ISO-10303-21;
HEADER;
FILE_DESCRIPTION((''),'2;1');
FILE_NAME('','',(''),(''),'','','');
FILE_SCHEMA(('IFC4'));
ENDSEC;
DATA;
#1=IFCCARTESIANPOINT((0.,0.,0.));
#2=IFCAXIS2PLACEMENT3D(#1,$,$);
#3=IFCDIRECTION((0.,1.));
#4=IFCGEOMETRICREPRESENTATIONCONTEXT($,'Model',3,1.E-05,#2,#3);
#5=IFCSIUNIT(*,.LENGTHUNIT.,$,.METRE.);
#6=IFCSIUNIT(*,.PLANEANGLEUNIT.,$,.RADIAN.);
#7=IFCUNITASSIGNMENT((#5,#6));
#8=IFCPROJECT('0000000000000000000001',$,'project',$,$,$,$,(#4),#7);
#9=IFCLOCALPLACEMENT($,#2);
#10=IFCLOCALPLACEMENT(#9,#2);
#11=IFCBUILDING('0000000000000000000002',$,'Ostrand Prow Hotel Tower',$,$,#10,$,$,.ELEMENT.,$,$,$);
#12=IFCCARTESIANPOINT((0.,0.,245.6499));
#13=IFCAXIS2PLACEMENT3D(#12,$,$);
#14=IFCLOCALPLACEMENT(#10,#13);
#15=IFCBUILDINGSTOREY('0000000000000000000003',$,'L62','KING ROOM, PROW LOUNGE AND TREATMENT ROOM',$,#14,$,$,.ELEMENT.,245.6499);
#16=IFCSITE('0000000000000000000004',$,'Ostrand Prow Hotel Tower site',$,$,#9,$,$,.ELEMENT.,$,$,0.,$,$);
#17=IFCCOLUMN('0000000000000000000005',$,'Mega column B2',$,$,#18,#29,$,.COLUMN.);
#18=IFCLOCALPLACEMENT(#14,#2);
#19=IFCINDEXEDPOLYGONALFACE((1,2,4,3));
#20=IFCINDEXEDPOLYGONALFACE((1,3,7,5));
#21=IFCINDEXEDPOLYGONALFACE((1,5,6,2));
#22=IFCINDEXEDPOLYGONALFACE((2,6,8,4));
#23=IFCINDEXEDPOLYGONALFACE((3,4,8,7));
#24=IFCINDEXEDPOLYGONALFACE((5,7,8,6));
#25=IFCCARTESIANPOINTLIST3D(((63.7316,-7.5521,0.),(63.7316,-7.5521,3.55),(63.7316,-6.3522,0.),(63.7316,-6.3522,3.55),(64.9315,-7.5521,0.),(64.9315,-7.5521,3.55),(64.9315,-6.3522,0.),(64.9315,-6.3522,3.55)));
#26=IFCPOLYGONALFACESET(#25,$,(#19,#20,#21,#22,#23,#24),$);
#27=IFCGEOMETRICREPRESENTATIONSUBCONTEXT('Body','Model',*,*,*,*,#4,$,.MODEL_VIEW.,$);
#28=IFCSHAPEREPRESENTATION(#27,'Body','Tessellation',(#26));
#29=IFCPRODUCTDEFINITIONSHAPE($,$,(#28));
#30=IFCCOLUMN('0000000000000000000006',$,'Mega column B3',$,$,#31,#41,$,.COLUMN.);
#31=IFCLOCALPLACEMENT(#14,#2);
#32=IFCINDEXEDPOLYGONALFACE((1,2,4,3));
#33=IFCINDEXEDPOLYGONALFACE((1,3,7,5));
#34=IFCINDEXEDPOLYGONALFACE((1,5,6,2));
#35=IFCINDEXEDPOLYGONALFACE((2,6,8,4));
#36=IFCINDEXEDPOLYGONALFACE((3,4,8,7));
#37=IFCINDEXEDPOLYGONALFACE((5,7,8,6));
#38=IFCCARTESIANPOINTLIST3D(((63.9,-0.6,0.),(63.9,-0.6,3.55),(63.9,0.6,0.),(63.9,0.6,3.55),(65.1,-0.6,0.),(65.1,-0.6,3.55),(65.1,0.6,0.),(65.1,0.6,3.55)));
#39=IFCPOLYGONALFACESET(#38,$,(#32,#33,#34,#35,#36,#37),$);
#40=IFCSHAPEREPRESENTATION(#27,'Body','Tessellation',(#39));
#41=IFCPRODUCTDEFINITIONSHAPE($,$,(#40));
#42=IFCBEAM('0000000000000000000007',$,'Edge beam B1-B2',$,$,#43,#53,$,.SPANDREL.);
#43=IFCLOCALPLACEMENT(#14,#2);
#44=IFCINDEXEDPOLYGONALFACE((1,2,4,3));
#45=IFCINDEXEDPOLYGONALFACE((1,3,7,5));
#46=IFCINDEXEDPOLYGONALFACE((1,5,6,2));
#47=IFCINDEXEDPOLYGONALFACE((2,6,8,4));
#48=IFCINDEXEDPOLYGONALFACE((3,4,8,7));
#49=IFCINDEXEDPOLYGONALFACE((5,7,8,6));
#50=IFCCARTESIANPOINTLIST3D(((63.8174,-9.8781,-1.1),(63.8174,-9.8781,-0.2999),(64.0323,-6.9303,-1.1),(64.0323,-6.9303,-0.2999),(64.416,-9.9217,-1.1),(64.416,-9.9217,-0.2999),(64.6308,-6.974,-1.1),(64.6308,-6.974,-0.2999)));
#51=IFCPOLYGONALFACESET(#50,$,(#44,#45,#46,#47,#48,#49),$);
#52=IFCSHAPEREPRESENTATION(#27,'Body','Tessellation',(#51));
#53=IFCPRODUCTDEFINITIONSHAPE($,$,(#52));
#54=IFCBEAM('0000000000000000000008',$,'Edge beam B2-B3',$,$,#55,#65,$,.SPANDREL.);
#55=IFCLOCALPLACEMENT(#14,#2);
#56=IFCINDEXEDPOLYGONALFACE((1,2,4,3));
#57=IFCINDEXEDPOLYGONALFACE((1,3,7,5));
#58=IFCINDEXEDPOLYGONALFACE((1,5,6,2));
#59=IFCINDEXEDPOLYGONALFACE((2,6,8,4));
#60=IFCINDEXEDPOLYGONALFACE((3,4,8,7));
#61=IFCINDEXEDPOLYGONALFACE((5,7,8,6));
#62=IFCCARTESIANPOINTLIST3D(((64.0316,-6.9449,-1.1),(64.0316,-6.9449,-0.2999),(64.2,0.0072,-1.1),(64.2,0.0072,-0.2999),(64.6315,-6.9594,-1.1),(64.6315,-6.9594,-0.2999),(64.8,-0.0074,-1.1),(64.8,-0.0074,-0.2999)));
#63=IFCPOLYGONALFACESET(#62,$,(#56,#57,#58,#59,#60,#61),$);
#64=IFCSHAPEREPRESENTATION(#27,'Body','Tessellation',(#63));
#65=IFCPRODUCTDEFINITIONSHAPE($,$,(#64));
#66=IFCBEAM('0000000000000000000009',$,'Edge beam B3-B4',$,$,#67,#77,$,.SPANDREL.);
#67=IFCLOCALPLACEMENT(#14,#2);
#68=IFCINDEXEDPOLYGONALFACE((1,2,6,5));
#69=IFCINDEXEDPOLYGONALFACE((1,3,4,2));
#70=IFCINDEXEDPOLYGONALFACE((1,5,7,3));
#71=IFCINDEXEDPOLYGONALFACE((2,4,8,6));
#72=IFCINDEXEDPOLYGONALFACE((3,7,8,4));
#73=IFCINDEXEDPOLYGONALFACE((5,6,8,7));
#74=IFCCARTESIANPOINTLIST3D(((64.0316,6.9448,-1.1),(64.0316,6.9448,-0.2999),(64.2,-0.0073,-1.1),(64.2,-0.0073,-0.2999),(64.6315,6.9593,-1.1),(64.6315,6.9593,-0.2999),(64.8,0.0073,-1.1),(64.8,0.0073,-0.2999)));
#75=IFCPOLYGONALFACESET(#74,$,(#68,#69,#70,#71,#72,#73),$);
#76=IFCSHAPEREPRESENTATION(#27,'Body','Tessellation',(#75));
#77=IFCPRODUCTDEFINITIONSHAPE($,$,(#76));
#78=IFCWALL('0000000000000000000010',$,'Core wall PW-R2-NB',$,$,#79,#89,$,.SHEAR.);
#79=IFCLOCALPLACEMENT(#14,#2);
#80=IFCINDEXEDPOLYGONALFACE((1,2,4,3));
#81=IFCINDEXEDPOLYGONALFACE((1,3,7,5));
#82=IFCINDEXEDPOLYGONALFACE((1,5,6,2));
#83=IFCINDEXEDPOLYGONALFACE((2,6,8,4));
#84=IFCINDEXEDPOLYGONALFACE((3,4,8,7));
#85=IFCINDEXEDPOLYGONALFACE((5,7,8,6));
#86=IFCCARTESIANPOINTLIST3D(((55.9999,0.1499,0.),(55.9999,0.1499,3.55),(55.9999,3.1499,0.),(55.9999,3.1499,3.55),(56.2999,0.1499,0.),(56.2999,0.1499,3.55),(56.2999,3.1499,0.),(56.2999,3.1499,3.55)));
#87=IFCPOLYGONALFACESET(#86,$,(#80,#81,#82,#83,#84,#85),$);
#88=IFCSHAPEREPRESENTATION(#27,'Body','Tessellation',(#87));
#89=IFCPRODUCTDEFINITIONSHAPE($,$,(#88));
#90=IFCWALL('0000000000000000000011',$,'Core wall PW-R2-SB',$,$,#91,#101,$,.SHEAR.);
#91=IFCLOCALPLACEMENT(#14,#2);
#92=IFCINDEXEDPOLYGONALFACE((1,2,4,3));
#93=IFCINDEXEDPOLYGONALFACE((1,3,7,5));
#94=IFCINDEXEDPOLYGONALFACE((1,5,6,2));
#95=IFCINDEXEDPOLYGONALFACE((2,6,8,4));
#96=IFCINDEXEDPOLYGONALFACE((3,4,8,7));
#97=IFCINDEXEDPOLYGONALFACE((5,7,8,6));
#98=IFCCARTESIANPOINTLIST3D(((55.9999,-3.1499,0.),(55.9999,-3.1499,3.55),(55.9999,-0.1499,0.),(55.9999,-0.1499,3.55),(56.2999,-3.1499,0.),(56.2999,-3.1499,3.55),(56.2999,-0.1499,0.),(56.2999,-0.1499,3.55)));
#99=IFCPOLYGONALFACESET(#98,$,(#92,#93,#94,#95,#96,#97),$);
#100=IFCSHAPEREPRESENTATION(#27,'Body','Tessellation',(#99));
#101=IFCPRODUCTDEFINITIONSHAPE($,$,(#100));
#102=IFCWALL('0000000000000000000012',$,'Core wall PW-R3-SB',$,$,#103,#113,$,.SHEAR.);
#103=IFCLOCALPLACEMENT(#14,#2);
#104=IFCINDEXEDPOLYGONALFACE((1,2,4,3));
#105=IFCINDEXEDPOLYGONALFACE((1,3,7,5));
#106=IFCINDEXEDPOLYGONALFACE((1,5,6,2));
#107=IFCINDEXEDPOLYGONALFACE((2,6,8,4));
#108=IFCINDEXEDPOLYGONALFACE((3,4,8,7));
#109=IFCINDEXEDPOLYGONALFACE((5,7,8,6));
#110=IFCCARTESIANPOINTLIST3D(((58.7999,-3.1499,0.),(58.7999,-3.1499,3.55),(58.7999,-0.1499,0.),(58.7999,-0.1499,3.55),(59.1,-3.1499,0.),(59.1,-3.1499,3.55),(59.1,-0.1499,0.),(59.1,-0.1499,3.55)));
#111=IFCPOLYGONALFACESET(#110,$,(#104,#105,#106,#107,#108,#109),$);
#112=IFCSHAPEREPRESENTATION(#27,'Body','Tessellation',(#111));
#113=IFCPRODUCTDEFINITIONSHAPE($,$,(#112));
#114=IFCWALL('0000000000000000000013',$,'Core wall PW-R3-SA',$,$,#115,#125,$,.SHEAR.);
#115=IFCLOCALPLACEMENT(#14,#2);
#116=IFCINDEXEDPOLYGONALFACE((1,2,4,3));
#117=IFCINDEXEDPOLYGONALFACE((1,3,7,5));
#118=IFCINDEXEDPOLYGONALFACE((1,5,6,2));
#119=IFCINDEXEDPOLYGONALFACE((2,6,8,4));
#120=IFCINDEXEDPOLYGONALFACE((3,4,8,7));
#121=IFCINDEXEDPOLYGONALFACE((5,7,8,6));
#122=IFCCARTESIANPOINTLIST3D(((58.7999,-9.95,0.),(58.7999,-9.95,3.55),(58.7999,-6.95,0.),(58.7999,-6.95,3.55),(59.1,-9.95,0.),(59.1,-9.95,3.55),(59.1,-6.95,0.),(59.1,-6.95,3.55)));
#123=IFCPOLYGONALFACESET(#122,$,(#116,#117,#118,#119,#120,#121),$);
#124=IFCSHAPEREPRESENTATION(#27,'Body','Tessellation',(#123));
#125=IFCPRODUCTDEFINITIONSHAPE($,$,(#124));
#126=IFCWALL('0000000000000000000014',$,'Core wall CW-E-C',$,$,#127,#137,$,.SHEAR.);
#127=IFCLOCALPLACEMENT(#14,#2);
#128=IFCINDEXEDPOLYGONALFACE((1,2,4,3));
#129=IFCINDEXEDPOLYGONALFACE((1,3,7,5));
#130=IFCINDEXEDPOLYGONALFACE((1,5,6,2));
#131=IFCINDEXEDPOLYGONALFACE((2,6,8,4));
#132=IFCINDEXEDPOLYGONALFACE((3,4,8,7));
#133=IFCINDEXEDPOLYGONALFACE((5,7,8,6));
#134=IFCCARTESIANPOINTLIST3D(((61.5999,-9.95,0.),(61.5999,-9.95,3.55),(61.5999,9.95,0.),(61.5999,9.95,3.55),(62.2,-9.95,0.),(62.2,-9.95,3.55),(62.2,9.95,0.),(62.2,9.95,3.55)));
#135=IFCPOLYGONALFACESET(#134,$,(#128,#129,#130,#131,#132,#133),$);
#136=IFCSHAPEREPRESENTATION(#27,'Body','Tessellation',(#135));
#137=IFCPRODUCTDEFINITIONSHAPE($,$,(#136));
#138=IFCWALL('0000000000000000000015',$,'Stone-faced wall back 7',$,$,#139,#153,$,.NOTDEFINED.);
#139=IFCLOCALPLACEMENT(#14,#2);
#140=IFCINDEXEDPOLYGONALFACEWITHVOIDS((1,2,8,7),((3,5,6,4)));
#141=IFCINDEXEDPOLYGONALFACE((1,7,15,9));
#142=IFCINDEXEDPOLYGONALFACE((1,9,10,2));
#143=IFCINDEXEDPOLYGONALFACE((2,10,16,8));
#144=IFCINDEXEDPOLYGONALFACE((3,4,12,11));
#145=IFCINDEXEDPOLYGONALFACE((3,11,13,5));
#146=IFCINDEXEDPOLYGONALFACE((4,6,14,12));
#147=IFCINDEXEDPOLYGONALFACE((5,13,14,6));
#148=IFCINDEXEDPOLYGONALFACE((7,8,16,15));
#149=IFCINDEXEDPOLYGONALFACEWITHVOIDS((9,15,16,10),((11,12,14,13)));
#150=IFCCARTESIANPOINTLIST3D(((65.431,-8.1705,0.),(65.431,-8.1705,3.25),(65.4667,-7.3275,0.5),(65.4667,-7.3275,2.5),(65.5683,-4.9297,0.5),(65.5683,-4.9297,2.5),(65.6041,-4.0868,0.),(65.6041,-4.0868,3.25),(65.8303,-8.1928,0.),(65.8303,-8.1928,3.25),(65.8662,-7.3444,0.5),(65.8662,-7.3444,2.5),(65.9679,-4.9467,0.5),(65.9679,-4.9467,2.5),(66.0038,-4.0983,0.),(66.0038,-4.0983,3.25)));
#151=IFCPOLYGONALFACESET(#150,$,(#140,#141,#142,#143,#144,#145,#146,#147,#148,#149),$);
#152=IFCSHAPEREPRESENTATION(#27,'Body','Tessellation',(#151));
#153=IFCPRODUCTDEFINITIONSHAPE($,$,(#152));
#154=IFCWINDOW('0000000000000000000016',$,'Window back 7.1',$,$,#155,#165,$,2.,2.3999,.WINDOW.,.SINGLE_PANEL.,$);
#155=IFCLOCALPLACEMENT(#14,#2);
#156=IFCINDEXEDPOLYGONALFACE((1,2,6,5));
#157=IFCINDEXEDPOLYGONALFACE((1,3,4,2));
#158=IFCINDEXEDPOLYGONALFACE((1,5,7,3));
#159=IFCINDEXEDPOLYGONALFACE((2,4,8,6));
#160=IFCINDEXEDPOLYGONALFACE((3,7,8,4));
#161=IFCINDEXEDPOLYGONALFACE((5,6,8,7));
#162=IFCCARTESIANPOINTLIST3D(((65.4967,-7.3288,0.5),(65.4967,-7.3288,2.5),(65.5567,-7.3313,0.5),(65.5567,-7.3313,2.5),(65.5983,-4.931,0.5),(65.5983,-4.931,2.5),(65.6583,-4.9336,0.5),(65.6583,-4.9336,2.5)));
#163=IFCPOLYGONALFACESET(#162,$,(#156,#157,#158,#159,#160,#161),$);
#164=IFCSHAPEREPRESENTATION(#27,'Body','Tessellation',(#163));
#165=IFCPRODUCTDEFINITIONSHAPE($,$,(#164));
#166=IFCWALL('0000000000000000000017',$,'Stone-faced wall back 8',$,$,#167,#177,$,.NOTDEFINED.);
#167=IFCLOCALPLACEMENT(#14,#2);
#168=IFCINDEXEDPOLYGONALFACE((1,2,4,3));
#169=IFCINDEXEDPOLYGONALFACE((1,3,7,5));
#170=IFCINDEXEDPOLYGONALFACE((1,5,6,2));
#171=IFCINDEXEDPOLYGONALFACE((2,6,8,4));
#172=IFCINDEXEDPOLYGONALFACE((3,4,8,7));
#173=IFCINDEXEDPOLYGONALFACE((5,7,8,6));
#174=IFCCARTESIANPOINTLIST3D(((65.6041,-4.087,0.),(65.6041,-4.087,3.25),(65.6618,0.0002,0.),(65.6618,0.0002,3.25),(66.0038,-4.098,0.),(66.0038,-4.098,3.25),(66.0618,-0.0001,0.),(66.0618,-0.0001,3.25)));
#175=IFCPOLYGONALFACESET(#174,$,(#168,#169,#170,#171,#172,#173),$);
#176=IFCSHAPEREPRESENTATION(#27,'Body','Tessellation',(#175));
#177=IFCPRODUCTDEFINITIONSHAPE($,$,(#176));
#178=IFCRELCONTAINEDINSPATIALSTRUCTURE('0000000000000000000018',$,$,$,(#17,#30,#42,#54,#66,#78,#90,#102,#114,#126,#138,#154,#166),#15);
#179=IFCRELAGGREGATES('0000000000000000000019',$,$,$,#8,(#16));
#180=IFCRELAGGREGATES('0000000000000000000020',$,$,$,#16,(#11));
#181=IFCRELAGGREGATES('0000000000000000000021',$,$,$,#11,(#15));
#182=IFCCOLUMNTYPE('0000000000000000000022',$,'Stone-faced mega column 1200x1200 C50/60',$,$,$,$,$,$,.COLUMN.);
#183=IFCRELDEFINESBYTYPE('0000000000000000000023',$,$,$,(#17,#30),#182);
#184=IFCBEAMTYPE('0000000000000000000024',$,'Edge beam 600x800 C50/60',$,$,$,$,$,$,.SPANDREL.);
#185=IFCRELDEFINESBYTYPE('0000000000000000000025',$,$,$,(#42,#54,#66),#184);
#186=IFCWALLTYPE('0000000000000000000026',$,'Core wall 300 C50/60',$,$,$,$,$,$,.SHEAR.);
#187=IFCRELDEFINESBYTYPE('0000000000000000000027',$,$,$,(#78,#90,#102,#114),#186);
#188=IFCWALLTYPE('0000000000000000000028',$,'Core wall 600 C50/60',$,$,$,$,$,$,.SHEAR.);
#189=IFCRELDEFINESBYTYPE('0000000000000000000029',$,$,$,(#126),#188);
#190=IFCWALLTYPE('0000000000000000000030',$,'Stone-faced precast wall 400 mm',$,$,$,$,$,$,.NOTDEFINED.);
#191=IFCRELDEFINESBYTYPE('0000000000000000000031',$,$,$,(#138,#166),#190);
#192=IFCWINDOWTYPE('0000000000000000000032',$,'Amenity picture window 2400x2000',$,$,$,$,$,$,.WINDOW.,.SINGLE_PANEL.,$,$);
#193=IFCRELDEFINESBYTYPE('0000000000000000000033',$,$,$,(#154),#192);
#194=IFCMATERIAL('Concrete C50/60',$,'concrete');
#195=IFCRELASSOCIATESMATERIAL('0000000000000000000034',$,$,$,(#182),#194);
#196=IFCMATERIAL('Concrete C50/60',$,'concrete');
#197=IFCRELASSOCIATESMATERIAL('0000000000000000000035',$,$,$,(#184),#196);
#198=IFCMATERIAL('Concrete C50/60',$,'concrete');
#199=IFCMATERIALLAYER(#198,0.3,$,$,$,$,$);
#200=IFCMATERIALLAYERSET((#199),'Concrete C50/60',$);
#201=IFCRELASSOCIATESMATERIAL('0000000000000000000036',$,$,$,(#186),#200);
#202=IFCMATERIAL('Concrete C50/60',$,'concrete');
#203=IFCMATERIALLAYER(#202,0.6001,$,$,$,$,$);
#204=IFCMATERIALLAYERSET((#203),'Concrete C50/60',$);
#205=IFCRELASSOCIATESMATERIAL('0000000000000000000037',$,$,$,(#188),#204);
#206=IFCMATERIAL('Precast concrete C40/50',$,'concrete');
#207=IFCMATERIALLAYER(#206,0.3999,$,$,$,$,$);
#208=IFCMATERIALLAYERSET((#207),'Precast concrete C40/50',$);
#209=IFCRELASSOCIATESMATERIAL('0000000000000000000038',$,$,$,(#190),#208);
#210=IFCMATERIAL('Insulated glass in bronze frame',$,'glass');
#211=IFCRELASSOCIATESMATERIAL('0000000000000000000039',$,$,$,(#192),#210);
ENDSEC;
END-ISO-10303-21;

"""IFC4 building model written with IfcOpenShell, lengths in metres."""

from ifc_helpers import new_model, si_unit, direction, frame, frame_2d, origin, origin_2d, place, context, subcontext, project, spatial, polyline, rectangle, outline, extrude, material, layer, layer_set, material_profile, profile_set, type_object, element, fill, save


model = new_model("IFC4")

# Units and contexts
model_context = context("Model", 3, precision=1e-05, world=origin(), true_north=direction((0.0, 1.0)))
body_context = subcontext(model_context, "Body", "Model", "MODEL_VIEW")
ifc_project = project(units=[si_unit("LENGTHUNIT", "METRE"), si_unit("PLANEANGLEUNIT", "RADIAN")], contexts=[model_context])

# Site, building, storey
site_placement = place(None, origin())
site = spatial("IfcSite", under=ifc_project, at=site_placement, Name="Ostrand Prow Hotel Tower site", CompositionType="ELEMENT", RefElevation=0.0)
building_placement = place(site_placement, origin())
building = spatial("IfcBuilding", under=site, at=building_placement, Name="Ostrand Prow Hotel Tower", CompositionType="ELEMENT")
storey_placement = place(building_placement, frame((0.0, 0.0, 245.6499)))
storey = spatial("IfcBuildingStorey", under=building, at=storey_placement, Name="L62", Description="KING ROOM, PROW LOUNGE AND TREATMENT ROOM", CompositionType="ELEMENT", Elevation=245.6499)

# Columns
ifc_material_1 = material(Name="Concrete C50/60", Category="concrete")
ifc_material_profile_1 = material_profile(ifc_material_1, rectangle(XDim=1.2, YDim=1.2, at=origin_2d()), Name="RC 1200x1200")
ifc_profile_set_1 = profile_set([ifc_material_profile_1], Name="Concrete C50/60")
column_type = type_object("IfcColumnType", Name="Stone-faced mega column 1200x1200 C50/60", PredefinedType="COLUMN", material=ifc_profile_set_1)
for number, where, z_axis, x_axis, name in (
    (1, (64.3315, -6.9521, 0.0), (0.0, 0.0, 1.0), (1.0, 0.0, 0.0), "Mega column B2"),
    (2, (64.5, 0.0, 0.0), (0.0, 0.0, 1.0), (1.0, 0.0, 0.0), "Mega column B3"),
):
    element("IfcColumn", number, at=place(storey_placement, frame(where, z_axis=z_axis, x_axis=x_axis)), inside=storey, type_object=column_type, Name=name, PredefinedType="COLUMN", context=body_context, shape_type="SweptSolid", body=[
        extrude(rectangle(XDim=1.2, YDim=1.2, at=origin_2d()), origin(), (0.0, 0.0, 1.0), 3.55),
    ])

# Beams
ifc_material_2 = material(Name="Concrete C50/60", Category="concrete")
ifc_material_profile_2 = material_profile(ifc_material_2, rectangle(XDim=0.6001, YDim=0.8, at=origin_2d()), Name="RC 600x800")
ifc_profile_set_2 = profile_set([ifc_material_profile_2], Name="Concrete C50/60")
beam_type = type_object("IfcBeamType", Name="Edge beam 600x800 C50/60", PredefinedType="SPANDREL", material=ifc_profile_set_2)
beam_placement = place(storey_placement, frame((64.1167, -9.8999, -0.7), z_axis=(0.072691, 0.997355, 0.0), x_axis=(-0.997355, 0.072691, 0.0)))
element("IfcBeam", 3, at=beam_placement, inside=storey, type_object=beam_type, Name="Edge beam B1-B2", PredefinedType="SPANDREL", context=body_context, shape_type="SweptSolid", body=[
    extrude(rectangle(XDim=0.6001, YDim=0.8, at=origin_2d()), origin(), (0.0, 0.0, 1.0), 2.9556),
])
for number, where, z_axis, x_axis, name in (
    (4, (64.3315, -6.9521, -0.7), (0.024224, 0.999707, 0.0), (-0.999707, 0.024224, 0.0), "Edge beam B2-B3"),
    (5, (64.5, 0.0, -0.7), (-0.024224, 0.999707, 0.0), (-0.999707, -0.024224, 0.0), "Edge beam B3-B4"),
):
    element("IfcBeam", number, at=place(storey_placement, frame(where, z_axis=z_axis, x_axis=x_axis)), inside=storey, type_object=beam_type, Name=name, PredefinedType="SPANDREL", context=body_context, shape_type="SweptSolid", body=[
        extrude(rectangle(XDim=0.6001, YDim=0.8, at=origin_2d()), origin(), (0.0, 0.0, 1.0), 6.9541),
    ])

# Walls
ifc_material_3 = material(Name="Concrete C50/60", Category="concrete")
ifc_layer_1 = layer(ifc_material_3, 0.3)
ifc_layer_set_1 = layer_set([ifc_layer_1], Name="Concrete C50/60")
wall_type_1 = type_object("IfcWallType", Name="Core wall 300 C50/60", PredefinedType="SHEAR", material=ifc_layer_set_1)
for number, where, z_axis, x_axis, name in (
    (6, (56.1499, 0.1499, 0.0), (0.0, 0.0, 1.0), (0.0, 1.0, 0.0), "Core wall PW-R2-NB"),
    (7, (56.1499, -3.1499, 0.0), (0.0, 0.0, 1.0), (0.0, 1.0, 0.0), "Core wall PW-R2-SB"),
    (8, (58.95, -3.1499, 0.0), (0.0, 0.0, 1.0), (0.0, 1.0, 0.0), "Core wall PW-R3-SB"),
    (9, (58.95, -9.95, 0.0), (0.0, 0.0, 1.0), (0.0, 1.0, 0.0), "Core wall PW-R3-SA"),
):
    element("IfcWall", number, at=place(storey_placement, frame(where, z_axis=z_axis, x_axis=x_axis)), inside=storey, type_object=wall_type_1, Name=name, PredefinedType="SHEAR", context=body_context, shape_type="SweptSolid", body=[
        extrude(rectangle(XDim=3.0, YDim=0.3, at=frame_2d((1.5, 0.0))), origin(), (0.0, 0.0, 1.0), 3.55),
    ])
ifc_material_4 = material(Name="Concrete C50/60", Category="concrete")
ifc_layer_2 = layer(ifc_material_4, 0.6001)
ifc_layer_set_2 = layer_set([ifc_layer_2], Name="Concrete C50/60")
wall_type_2 = type_object("IfcWallType", Name="Core wall 600 C50/60", PredefinedType="SHEAR", material=ifc_layer_set_2)
wall_1_placement = place(storey_placement, frame((61.8999, -9.95, 0.0), z_axis=(0.0, 0.0, 1.0), x_axis=(0.0, 1.0, 0.0)))
element("IfcWall", 10, at=wall_1_placement, inside=storey, type_object=wall_type_2, Name="Core wall CW-E-C", PredefinedType="SHEAR", context=body_context, shape_type="SweptSolid", body=[
    extrude(rectangle(XDim=19.8999, YDim=0.6001, at=frame_2d((9.95, 0.0))), origin(), (0.0, 0.0, 1.0), 3.55),
])

# Wall, opening, window
ifc_material_5 = material(Name="Precast concrete C40/50", Category="concrete")
ifc_layer_3 = layer(ifc_material_5, 0.3999)
ifc_layer_set_3 = layer_set([ifc_layer_3], Name="Precast concrete C40/50")
wall_type_3 = type_object("IfcWallType", Name="Stone-faced precast wall 400 mm", PredefinedType="NOTDEFINED", material=ifc_layer_set_3)
wall_2_placement = place(storey_placement, frame((65.6306, -8.1816, 0.0), z_axis=(0.0, 0.0, 1.0), x_axis=(0.042353, 0.999103, 0.0)))
wall_2 = element("IfcWall", 11, at=wall_2_placement, inside=storey, type_object=wall_type_3, Name="Stone-faced wall back 7", PredefinedType="NOTDEFINED", context=body_context, shape_type="SweptSolid", body=[
    extrude(outline(polyline([(-0.0027, -0.2), (4.0955, -0.2), (4.0901, 0.2), (0.0027, 0.2), (-0.0027, -0.2)])), origin(), (0.0, 0.0, 1.0), 3.25),
])
opening_1_placement = place(wall_2_placement, frame((0.8464, 0.0, 0.5)))
opening_1 = element("IfcOpeningElement", 12, at=opening_1_placement, cuts=wall_2, PredefinedType="OPENING", context=body_context, shape_type="SweptSolid", body=[
    extrude(rectangle(XDim=2.3999, YDim=2.0, at=frame_2d((1.2, 1.0))), frame((0.0, 0.21, 0.0), z_axis=(0.0, -1.0, 0.0), x_axis=(1.0, 0.0, 0.0)), (0.0, 0.0, 1.0), 0.4199),
])
ifc_material_6 = material(Name="Insulated glass in bronze frame", Category="glass")
window_type = type_object("IfcWindowType", Name="Amenity picture window 2400x2000", PartitioningType="SINGLE_PANEL", PredefinedType="WINDOW", material=ifc_material_6)
window_1_placement = place(opening_1_placement, origin())
window_1 = element("IfcWindow", 13, at=window_1_placement, inside=storey, type_object=window_type, Name="Window back 7.1", OverallHeight=2.0, OverallWidth=2.3999, PartitioningType="SINGLE_PANEL", PredefinedType="WINDOW", context=body_context, shape_type="SweptSolid", body=[
    extrude(rectangle(XDim=2.3999, YDim=2.0, at=frame_2d((1.2, 1.0))), frame((0.0, 0.1699, 0.0), z_axis=(0.0, -1.0, 0.0), x_axis=(1.0, 0.0, 0.0)), (0.0, 0.0, 1.0), 0.0601),
])
fill(opening_1, window_1)

# Wall
wall_3_placement = place(storey_placement, frame((65.804, -4.0925, 0.0), z_axis=(0.0, 0.0, 1.0), x_axis=(0.014137, 0.9999, 0.0)))
element("IfcWall", 14, at=wall_3_placement, inside=storey, type_object=wall_type_3, Name="Stone-faced wall back 8", PredefinedType="NOTDEFINED", context=body_context, shape_type="SweptSolid", body=[
    extrude(outline(polyline([(-0.0027, -0.2), (4.0957, -0.2), (4.0903, 0.2), (0.0027, 0.2), (-0.0027, -0.2)])), origin(), (0.0, 0.0, 1.0), 3.25),
])

save(model, "model.ifc")
